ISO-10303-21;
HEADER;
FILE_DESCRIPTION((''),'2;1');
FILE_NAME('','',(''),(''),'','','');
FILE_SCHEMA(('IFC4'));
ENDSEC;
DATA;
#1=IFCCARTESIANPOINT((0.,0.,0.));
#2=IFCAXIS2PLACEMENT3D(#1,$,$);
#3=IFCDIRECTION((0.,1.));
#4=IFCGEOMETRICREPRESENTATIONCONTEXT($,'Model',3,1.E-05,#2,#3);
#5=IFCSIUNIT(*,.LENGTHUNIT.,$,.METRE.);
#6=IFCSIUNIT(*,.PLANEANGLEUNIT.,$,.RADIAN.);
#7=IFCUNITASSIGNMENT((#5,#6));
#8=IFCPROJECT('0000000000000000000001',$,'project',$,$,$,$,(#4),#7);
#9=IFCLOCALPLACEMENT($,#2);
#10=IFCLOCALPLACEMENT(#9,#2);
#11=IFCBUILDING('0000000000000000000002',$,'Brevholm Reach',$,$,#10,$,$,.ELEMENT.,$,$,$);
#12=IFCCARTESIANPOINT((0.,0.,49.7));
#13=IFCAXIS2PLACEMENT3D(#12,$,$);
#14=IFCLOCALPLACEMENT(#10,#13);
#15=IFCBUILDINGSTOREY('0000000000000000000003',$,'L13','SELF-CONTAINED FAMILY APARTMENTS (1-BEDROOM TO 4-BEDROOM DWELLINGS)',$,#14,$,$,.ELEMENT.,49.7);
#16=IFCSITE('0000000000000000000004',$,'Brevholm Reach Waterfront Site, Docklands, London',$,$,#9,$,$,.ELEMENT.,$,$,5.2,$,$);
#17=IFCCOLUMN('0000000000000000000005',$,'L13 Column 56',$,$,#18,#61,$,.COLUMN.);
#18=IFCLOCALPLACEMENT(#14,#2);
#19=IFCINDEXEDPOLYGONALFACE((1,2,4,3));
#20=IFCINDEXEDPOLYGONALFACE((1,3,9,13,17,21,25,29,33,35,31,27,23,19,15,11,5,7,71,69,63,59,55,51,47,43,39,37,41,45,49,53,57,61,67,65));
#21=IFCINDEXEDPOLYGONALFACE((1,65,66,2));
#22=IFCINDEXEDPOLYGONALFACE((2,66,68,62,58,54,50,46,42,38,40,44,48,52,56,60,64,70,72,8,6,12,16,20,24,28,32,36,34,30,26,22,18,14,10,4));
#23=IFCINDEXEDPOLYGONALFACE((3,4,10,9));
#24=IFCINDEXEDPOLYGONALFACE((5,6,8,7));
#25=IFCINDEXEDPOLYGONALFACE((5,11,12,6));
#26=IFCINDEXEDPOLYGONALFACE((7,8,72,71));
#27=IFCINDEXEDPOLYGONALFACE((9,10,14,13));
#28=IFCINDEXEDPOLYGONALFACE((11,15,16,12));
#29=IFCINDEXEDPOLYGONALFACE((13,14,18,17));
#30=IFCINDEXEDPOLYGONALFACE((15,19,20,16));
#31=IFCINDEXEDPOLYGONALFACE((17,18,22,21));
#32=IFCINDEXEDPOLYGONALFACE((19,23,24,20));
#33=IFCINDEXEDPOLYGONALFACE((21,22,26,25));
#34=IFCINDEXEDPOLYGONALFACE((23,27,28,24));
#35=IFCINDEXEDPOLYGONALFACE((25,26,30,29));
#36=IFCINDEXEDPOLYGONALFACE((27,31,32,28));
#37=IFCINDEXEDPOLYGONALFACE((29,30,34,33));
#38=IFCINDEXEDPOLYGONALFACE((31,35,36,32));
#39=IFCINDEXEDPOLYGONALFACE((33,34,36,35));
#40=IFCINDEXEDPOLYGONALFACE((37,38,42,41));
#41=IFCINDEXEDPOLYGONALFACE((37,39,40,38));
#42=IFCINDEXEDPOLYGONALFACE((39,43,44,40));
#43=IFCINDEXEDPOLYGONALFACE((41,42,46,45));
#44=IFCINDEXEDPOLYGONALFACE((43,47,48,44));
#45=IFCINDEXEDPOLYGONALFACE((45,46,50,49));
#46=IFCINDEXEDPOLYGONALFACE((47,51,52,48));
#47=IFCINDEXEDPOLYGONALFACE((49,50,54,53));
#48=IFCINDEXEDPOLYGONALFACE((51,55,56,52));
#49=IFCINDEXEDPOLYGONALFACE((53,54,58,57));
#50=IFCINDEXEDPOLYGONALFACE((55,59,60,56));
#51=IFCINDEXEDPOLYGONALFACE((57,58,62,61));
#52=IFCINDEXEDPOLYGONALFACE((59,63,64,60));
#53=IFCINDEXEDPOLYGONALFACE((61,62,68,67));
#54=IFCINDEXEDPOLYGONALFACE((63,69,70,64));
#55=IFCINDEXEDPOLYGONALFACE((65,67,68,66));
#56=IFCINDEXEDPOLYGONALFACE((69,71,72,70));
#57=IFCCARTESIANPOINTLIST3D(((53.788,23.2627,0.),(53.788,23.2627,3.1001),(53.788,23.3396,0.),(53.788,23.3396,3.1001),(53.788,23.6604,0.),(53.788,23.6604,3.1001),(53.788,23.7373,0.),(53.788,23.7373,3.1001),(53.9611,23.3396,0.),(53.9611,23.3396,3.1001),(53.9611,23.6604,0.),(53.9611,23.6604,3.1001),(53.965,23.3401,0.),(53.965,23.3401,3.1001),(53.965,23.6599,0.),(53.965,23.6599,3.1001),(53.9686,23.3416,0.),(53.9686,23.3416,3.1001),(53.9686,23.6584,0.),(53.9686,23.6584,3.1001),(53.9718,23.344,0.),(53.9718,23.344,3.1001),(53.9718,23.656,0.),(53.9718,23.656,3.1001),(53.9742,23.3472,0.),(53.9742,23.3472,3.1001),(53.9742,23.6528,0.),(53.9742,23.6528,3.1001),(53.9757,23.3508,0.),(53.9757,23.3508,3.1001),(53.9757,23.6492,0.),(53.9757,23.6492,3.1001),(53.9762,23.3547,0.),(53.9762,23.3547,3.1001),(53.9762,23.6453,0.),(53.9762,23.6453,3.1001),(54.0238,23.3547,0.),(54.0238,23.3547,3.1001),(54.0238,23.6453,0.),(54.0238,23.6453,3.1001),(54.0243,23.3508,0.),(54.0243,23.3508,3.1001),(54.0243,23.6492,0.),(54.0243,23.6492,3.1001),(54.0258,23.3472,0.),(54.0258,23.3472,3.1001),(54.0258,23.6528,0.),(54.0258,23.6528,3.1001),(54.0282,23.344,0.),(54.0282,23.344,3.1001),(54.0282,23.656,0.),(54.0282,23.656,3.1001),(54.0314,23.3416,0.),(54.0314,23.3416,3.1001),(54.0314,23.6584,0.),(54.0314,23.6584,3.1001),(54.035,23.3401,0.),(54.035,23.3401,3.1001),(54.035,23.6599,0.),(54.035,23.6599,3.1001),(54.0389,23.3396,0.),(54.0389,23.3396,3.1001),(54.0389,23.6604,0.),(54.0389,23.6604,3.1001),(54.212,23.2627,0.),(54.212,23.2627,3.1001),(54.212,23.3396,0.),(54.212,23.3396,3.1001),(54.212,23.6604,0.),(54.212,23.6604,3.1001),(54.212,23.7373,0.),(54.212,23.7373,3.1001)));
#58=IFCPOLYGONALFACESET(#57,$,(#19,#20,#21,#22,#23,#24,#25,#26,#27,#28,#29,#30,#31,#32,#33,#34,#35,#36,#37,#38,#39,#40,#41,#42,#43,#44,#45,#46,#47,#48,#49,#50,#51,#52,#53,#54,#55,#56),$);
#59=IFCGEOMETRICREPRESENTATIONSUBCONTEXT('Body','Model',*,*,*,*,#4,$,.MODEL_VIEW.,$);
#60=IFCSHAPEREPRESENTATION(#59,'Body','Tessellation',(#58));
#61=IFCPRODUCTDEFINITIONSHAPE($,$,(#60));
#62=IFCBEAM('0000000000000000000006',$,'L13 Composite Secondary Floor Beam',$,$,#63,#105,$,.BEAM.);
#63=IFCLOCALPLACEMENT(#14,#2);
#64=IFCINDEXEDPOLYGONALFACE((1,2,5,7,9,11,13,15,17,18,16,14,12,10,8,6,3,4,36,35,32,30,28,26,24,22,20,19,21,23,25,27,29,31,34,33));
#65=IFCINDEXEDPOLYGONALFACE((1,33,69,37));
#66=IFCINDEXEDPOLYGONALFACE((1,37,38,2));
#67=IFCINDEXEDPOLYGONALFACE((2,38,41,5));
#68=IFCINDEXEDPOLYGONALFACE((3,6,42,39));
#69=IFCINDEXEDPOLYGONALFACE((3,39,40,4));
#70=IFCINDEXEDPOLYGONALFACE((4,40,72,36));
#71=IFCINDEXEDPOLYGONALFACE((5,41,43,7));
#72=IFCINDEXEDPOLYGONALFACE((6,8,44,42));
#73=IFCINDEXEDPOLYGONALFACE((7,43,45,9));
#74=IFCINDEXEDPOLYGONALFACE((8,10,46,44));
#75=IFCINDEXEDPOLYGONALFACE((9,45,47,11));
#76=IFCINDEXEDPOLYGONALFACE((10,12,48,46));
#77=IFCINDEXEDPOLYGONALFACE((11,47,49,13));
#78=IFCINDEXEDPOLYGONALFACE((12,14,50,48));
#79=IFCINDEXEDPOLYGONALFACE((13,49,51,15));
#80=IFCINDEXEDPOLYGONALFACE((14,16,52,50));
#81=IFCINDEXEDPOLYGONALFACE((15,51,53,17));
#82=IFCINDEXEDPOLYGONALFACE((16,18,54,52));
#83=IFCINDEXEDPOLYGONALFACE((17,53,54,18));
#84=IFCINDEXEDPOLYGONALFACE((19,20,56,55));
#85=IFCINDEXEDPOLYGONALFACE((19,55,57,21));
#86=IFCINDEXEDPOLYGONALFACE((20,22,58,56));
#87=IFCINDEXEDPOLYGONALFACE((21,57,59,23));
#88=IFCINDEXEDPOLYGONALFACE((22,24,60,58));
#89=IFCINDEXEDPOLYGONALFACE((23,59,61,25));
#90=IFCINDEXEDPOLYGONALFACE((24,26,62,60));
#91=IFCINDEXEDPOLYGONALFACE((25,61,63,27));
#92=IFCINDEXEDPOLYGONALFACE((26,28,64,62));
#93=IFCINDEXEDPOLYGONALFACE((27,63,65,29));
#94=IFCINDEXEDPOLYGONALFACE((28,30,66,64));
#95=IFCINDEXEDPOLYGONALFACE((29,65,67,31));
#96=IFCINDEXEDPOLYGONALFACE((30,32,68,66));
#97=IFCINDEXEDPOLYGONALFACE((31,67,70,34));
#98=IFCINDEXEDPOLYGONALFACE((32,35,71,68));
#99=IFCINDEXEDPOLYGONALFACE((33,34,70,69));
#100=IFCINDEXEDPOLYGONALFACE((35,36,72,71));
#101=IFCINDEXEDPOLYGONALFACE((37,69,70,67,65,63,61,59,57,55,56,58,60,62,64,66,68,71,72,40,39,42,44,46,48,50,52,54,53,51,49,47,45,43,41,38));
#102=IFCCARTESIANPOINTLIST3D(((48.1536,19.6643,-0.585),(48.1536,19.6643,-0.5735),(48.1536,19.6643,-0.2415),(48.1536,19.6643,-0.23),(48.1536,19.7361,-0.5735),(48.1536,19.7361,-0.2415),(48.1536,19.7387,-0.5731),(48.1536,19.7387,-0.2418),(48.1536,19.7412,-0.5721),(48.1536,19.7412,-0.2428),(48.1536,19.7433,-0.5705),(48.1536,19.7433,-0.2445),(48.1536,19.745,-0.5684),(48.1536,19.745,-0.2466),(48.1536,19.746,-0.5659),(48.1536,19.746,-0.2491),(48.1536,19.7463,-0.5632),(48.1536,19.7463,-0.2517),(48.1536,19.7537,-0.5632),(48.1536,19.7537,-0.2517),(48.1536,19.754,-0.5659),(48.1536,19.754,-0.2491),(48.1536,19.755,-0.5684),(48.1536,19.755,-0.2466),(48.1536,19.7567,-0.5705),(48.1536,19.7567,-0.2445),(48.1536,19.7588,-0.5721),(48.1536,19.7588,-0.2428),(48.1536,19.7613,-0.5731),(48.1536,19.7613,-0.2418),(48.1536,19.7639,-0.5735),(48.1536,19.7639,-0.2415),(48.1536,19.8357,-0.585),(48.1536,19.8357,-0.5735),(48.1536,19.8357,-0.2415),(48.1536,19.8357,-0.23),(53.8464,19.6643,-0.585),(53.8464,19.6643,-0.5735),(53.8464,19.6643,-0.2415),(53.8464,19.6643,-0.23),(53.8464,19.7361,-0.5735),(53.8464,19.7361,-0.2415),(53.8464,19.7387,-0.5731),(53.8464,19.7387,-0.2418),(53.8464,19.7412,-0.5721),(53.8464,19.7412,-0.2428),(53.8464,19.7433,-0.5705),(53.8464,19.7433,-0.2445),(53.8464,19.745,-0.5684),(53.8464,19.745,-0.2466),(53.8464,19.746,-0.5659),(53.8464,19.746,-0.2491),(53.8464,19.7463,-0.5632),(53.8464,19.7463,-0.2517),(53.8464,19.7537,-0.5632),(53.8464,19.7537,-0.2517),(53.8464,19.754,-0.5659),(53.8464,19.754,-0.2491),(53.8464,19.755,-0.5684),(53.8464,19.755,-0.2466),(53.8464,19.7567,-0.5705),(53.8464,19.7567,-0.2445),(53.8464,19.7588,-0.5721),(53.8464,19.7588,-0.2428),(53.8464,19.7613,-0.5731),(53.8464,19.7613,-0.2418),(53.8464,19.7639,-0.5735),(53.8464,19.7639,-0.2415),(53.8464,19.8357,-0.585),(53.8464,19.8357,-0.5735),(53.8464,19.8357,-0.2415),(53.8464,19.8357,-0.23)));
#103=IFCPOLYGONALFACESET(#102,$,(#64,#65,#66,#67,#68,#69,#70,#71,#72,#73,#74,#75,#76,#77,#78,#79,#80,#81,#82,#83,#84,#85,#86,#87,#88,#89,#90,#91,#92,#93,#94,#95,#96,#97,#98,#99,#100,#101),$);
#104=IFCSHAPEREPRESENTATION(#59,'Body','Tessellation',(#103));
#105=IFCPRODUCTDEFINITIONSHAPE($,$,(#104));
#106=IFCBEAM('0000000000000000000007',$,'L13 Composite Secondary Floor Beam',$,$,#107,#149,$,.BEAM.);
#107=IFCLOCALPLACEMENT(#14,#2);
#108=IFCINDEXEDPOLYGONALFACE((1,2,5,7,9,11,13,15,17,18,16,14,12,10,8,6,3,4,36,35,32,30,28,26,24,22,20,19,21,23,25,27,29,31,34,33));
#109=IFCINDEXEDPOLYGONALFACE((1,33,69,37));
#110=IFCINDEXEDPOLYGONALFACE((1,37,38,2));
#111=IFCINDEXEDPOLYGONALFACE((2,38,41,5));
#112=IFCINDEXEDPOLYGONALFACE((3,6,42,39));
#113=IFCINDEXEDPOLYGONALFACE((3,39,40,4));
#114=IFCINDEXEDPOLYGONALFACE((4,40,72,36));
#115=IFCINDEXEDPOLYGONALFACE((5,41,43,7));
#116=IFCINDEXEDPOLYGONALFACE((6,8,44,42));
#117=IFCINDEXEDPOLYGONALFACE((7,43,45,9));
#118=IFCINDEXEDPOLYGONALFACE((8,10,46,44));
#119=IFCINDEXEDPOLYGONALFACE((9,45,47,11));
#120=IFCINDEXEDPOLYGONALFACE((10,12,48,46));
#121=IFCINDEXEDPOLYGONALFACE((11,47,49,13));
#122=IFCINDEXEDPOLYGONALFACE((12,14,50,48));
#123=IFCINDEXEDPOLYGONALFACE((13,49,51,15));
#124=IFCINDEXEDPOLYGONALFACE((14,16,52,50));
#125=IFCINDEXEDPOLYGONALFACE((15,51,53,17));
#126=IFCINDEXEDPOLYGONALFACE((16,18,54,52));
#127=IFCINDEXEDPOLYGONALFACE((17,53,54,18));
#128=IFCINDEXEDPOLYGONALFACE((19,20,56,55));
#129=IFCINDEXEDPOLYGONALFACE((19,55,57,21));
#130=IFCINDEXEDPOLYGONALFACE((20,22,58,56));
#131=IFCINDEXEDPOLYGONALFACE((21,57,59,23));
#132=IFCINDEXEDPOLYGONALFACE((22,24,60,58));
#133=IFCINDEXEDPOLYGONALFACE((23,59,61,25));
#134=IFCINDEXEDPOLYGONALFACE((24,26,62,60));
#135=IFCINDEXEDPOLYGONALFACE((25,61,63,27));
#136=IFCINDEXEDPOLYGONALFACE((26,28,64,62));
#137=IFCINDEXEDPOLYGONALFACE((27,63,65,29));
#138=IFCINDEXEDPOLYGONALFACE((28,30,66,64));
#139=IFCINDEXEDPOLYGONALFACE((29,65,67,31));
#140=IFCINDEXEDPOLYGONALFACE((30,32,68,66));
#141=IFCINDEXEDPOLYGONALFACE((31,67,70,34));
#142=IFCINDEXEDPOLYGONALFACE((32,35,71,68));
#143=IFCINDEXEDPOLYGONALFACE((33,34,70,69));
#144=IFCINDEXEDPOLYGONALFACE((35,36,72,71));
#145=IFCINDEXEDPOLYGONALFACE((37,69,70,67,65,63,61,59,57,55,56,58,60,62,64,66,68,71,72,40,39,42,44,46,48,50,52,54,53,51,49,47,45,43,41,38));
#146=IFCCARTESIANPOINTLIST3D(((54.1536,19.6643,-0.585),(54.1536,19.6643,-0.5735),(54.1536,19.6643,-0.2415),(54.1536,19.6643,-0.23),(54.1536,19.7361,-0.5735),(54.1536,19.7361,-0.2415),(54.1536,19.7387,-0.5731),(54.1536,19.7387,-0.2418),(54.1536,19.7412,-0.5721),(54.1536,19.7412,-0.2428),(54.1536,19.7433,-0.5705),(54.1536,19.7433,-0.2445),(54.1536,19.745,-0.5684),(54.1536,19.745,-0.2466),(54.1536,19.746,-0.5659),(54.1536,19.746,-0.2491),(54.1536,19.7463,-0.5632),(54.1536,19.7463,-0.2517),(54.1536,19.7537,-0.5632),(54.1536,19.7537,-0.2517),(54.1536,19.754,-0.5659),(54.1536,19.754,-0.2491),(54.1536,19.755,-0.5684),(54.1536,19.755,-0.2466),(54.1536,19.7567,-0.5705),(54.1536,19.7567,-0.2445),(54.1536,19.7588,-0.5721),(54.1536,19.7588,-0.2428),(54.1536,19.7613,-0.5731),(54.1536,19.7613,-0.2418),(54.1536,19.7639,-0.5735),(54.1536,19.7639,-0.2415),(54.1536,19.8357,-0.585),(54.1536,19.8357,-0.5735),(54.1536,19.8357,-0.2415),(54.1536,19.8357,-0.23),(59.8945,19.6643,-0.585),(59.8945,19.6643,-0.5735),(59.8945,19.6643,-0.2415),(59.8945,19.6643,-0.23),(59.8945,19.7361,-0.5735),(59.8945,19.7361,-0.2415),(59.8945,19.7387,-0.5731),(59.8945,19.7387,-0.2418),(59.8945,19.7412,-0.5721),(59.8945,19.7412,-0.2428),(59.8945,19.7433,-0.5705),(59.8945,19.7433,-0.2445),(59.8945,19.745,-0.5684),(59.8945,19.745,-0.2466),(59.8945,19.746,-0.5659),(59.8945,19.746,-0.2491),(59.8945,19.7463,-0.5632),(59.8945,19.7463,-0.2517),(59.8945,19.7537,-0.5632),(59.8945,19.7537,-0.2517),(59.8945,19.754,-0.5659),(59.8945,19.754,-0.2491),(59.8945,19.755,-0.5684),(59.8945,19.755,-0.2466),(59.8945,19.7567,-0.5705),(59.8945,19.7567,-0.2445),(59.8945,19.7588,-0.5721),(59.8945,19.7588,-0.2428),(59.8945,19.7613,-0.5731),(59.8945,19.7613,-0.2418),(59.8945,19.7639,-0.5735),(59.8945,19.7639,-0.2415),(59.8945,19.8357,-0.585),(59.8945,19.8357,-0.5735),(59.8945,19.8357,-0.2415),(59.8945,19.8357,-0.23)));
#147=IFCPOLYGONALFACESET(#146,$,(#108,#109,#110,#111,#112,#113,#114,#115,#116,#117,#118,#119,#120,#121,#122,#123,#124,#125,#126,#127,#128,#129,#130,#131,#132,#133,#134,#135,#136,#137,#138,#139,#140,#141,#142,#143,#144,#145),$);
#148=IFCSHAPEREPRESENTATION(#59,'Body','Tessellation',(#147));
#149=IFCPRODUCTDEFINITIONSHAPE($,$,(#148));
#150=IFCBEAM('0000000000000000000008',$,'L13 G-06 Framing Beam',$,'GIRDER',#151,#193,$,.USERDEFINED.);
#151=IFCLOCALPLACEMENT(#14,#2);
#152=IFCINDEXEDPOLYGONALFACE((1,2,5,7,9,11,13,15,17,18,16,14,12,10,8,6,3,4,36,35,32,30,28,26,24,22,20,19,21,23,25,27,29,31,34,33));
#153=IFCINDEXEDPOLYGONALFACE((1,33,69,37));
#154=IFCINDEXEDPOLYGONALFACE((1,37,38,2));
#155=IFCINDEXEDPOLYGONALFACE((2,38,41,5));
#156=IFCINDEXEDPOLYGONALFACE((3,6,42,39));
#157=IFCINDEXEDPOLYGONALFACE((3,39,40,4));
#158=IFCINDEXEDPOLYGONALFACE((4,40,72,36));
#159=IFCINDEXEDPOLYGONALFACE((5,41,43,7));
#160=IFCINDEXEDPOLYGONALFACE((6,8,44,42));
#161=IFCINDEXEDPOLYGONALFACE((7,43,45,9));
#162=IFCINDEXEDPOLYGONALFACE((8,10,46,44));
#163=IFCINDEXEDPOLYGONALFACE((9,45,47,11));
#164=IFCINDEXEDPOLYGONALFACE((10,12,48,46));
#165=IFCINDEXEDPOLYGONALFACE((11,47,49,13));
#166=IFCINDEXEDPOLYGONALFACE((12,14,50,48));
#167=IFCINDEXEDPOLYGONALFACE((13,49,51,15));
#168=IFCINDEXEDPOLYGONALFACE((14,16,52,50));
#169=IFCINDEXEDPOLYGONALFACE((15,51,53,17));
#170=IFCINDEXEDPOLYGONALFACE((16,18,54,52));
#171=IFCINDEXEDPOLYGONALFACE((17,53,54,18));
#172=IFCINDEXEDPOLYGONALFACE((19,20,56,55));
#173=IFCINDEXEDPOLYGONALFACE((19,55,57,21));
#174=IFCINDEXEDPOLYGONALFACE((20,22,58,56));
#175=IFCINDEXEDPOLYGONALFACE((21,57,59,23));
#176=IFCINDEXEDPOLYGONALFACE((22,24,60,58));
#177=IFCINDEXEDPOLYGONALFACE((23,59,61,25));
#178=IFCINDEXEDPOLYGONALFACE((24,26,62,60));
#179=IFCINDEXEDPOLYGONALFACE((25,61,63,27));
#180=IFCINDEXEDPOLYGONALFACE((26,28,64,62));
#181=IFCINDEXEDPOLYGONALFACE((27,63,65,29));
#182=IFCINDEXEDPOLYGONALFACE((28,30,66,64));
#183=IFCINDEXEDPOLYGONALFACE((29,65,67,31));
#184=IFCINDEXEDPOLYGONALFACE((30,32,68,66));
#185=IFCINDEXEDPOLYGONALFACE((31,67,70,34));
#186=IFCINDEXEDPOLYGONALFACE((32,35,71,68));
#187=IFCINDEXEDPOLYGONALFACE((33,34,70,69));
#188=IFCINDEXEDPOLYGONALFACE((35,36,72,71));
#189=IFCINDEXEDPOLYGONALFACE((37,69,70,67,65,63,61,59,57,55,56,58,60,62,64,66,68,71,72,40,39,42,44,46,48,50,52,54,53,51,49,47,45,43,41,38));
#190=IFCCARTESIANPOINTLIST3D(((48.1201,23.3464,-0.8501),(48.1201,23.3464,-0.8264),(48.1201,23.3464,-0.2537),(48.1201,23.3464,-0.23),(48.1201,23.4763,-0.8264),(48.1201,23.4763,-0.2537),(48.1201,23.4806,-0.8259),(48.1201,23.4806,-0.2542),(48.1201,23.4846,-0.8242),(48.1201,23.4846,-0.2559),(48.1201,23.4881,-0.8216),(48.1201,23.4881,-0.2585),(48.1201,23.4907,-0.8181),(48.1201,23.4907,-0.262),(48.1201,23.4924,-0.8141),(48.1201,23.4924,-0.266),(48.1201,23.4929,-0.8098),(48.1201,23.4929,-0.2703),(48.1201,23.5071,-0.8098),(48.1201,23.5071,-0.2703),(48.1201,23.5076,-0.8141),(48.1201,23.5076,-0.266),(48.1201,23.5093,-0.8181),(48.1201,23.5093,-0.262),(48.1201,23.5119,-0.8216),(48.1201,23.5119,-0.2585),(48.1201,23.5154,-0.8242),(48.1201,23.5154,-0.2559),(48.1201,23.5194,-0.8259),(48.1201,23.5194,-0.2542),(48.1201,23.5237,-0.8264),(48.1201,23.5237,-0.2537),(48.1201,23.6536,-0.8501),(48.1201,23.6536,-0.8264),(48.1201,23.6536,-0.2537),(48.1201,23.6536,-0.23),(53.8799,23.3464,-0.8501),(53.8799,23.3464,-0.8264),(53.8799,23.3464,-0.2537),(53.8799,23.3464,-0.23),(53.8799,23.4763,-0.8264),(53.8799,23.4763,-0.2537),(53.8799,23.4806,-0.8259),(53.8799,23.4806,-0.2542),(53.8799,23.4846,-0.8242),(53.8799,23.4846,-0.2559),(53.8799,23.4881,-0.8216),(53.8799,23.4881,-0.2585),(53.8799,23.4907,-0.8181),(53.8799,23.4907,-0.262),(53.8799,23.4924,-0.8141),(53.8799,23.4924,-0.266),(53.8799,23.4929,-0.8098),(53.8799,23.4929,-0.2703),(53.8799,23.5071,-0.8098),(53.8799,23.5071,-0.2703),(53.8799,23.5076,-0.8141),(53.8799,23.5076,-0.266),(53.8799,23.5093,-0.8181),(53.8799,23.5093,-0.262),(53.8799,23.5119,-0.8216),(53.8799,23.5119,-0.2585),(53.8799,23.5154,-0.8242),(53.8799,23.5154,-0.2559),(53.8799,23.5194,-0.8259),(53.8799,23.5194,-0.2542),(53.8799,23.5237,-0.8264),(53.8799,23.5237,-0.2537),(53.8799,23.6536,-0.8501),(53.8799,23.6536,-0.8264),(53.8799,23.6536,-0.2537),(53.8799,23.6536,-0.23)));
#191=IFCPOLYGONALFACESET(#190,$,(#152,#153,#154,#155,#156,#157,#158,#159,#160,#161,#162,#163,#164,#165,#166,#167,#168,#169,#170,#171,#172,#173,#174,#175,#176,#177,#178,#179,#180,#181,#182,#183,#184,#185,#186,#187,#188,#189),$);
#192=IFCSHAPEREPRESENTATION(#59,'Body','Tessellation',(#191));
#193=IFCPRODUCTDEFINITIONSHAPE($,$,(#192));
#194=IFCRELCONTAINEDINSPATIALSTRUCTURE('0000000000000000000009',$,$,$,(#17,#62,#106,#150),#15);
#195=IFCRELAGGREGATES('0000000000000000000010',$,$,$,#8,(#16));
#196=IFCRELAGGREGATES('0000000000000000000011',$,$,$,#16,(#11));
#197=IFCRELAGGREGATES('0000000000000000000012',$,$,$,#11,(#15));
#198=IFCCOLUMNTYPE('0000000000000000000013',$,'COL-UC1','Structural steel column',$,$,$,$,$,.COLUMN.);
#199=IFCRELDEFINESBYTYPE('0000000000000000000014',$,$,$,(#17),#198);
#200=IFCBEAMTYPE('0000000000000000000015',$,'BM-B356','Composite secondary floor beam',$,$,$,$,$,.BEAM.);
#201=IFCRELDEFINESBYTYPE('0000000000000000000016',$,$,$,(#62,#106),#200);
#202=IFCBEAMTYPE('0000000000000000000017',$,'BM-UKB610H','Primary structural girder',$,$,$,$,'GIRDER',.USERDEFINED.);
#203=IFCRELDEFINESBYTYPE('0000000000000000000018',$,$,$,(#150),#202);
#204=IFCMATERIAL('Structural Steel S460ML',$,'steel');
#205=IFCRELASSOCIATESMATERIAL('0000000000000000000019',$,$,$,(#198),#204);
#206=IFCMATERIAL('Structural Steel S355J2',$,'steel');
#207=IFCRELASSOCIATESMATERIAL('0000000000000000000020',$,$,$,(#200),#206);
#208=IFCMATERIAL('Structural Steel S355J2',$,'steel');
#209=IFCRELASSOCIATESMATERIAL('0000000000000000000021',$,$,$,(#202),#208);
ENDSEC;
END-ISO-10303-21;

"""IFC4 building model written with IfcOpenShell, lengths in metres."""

from ifc_helpers import new_model, si_unit, direction, frame, origin, origin_2d, place, context, subcontext, project, spatial, i_section, extrude, material, material_profile, profile_set, type_object, element, save


model = new_model("IFC4")

# Units and contexts
model_context = context("Model", 3, precision=1e-05, world=origin(), true_north=direction((0.0, 1.0)))
body_context = subcontext(model_context, "Body", "Model", "MODEL_VIEW")
ifc_project = project(units=[si_unit("LENGTHUNIT", "METRE"), si_unit("PLANEANGLEUNIT", "RADIAN")], contexts=[model_context])

# Site, building, storey
site_placement = place(None, origin())
site = spatial("IfcSite", under=ifc_project, at=site_placement, Name="Brevholm Reach Waterfront Site, Docklands, London", CompositionType="ELEMENT", RefElevation=5.2)
building_placement = place(site_placement, origin())
building = spatial("IfcBuilding", under=site, at=building_placement, Name="Brevholm Reach", CompositionType="ELEMENT")
storey_placement = place(building_placement, frame((0.0, 0.0, 49.7)))
storey = spatial("IfcBuildingStorey", under=building, at=storey_placement, Name="L13", Description="SELF-CONTAINED FAMILY APARTMENTS (1-BEDROOM TO 4-BEDROOM DWELLINGS)", CompositionType="ELEMENT", Elevation=49.7)

# Column
ifc_material_1 = material(Name="Structural Steel S460ML", Category="steel")
ifc_material_profile_1 = material_profile(ifc_material_1, i_section(OverallWidth=0.4241, OverallDepth=0.4746, WebThickness=0.0476, FlangeThickness=0.0769, FilletRadius=0.0151, at=origin_2d()), Name="UKC 356x406x634")
ifc_profile_set_1 = profile_set([ifc_material_profile_1], Name="Structural Steel S460ML")
column_type = type_object("IfcColumnType", Name="COL-UC1", Description="Structural steel column", PredefinedType="COLUMN", material=ifc_profile_set_1)
column_placement = place(storey_placement, frame((54.0, 23.5, 0.0), z_axis=(0.0, 0.0, 1.0), x_axis=(1.0, 0.0, 0.0)))
element("IfcColumn", 1, at=column_placement, inside=storey, type_object=column_type, Name="L13 Column 56", PredefinedType="COLUMN", context=body_context, shape_type="SweptSolid", body=[
    extrude(i_section(OverallWidth=0.4241, OverallDepth=0.4746, WebThickness=0.0476, FlangeThickness=0.0769, FilletRadius=0.0151, at=origin_2d()), origin(), (0.0, 0.0, 1.0), 3.1001),
])

# Beams
ifc_material_2 = material(Name="Structural Steel S355J2", Category="steel")
ifc_material_profile_2 = material_profile(ifc_material_2, i_section(OverallWidth=0.1714, OverallDepth=0.355, WebThickness=0.0073, FlangeThickness=0.0115, FilletRadius=0.0103, at=origin_2d()), Name="UKB 356x171x51")
ifc_profile_set_2 = profile_set([ifc_material_profile_2], Name="Structural Steel S355J2")
beam_type_1 = type_object("IfcBeamType", Name="BM-B356", Description="Composite secondary floor beam", PredefinedType="BEAM", material=ifc_profile_set_2)
beam_1_placement = place(storey_placement, frame((48.1536, 19.75, -0.4075), z_axis=(1.0, 0.0, 0.0), x_axis=(0.0, 1.0, 0.0)))
element("IfcBeam", 2, at=beam_1_placement, inside=storey, type_object=beam_type_1, Name="L13 Composite Secondary Floor Beam", PredefinedType="BEAM", context=body_context, shape_type="SweptSolid", body=[
    extrude(i_section(OverallWidth=0.1714, OverallDepth=0.355, WebThickness=0.0073, FlangeThickness=0.0115, FilletRadius=0.0103, at=origin_2d()), origin(), (0.0, 0.0, 1.0), 5.6929),
])
beam_2_placement = place(storey_placement, frame((54.1536, 19.75, -0.4075), z_axis=(1.0, 0.0, 0.0), x_axis=(0.0, 1.0, 0.0)))
element("IfcBeam", 3, at=beam_2_placement, inside=storey, type_object=beam_type_1, Name="L13 Composite Secondary Floor Beam", PredefinedType="BEAM", context=body_context, shape_type="SweptSolid", body=[
    extrude(i_section(OverallWidth=0.1714, OverallDepth=0.355, WebThickness=0.0073, FlangeThickness=0.0115, FilletRadius=0.0103, at=origin_2d()), origin(), (0.0, 0.0, 1.0), 5.741),
])
ifc_material_3 = material(Name="Structural Steel S355J2", Category="steel")
ifc_material_profile_3 = material_profile(ifc_material_3, i_section(OverallWidth=0.3071, OverallDepth=0.6201, WebThickness=0.0142, FlangeThickness=0.0237, FilletRadius=0.0166, at=origin_2d()), Name="UKB 610x305x179")
ifc_profile_set_3 = profile_set([ifc_material_profile_3], Name="Structural Steel S355J2")
beam_type_2 = type_object("IfcBeamType", Name="BM-UKB610H", Description="Primary structural girder", ElementType="GIRDER", PredefinedType="USERDEFINED", material=ifc_profile_set_3)
for number, where, z_axis, x_axis, name in (
    (4, (48.1201, 23.5, -0.54), (1.0, 0.0, 0.0), (0.0, 1.0, 0.0), "L13 G-06 Framing Beam"),
):
    element("IfcBeam", number, at=place(storey_placement, frame(where, z_axis=z_axis, x_axis=x_axis)), inside=storey, type_object=beam_type_2, Name=name, ObjectType="GIRDER", PredefinedType="USERDEFINED", context=body_context, shape_type="SweptSolid", body=[
        extrude(i_section(OverallWidth=0.3071, OverallDepth=0.6201, WebThickness=0.0142, FlangeThickness=0.0237, FilletRadius=0.0166, at=origin_2d()), origin(), (0.0, 0.0, 1.0), 5.7598),
    ])

save(model, "model.ifc")
